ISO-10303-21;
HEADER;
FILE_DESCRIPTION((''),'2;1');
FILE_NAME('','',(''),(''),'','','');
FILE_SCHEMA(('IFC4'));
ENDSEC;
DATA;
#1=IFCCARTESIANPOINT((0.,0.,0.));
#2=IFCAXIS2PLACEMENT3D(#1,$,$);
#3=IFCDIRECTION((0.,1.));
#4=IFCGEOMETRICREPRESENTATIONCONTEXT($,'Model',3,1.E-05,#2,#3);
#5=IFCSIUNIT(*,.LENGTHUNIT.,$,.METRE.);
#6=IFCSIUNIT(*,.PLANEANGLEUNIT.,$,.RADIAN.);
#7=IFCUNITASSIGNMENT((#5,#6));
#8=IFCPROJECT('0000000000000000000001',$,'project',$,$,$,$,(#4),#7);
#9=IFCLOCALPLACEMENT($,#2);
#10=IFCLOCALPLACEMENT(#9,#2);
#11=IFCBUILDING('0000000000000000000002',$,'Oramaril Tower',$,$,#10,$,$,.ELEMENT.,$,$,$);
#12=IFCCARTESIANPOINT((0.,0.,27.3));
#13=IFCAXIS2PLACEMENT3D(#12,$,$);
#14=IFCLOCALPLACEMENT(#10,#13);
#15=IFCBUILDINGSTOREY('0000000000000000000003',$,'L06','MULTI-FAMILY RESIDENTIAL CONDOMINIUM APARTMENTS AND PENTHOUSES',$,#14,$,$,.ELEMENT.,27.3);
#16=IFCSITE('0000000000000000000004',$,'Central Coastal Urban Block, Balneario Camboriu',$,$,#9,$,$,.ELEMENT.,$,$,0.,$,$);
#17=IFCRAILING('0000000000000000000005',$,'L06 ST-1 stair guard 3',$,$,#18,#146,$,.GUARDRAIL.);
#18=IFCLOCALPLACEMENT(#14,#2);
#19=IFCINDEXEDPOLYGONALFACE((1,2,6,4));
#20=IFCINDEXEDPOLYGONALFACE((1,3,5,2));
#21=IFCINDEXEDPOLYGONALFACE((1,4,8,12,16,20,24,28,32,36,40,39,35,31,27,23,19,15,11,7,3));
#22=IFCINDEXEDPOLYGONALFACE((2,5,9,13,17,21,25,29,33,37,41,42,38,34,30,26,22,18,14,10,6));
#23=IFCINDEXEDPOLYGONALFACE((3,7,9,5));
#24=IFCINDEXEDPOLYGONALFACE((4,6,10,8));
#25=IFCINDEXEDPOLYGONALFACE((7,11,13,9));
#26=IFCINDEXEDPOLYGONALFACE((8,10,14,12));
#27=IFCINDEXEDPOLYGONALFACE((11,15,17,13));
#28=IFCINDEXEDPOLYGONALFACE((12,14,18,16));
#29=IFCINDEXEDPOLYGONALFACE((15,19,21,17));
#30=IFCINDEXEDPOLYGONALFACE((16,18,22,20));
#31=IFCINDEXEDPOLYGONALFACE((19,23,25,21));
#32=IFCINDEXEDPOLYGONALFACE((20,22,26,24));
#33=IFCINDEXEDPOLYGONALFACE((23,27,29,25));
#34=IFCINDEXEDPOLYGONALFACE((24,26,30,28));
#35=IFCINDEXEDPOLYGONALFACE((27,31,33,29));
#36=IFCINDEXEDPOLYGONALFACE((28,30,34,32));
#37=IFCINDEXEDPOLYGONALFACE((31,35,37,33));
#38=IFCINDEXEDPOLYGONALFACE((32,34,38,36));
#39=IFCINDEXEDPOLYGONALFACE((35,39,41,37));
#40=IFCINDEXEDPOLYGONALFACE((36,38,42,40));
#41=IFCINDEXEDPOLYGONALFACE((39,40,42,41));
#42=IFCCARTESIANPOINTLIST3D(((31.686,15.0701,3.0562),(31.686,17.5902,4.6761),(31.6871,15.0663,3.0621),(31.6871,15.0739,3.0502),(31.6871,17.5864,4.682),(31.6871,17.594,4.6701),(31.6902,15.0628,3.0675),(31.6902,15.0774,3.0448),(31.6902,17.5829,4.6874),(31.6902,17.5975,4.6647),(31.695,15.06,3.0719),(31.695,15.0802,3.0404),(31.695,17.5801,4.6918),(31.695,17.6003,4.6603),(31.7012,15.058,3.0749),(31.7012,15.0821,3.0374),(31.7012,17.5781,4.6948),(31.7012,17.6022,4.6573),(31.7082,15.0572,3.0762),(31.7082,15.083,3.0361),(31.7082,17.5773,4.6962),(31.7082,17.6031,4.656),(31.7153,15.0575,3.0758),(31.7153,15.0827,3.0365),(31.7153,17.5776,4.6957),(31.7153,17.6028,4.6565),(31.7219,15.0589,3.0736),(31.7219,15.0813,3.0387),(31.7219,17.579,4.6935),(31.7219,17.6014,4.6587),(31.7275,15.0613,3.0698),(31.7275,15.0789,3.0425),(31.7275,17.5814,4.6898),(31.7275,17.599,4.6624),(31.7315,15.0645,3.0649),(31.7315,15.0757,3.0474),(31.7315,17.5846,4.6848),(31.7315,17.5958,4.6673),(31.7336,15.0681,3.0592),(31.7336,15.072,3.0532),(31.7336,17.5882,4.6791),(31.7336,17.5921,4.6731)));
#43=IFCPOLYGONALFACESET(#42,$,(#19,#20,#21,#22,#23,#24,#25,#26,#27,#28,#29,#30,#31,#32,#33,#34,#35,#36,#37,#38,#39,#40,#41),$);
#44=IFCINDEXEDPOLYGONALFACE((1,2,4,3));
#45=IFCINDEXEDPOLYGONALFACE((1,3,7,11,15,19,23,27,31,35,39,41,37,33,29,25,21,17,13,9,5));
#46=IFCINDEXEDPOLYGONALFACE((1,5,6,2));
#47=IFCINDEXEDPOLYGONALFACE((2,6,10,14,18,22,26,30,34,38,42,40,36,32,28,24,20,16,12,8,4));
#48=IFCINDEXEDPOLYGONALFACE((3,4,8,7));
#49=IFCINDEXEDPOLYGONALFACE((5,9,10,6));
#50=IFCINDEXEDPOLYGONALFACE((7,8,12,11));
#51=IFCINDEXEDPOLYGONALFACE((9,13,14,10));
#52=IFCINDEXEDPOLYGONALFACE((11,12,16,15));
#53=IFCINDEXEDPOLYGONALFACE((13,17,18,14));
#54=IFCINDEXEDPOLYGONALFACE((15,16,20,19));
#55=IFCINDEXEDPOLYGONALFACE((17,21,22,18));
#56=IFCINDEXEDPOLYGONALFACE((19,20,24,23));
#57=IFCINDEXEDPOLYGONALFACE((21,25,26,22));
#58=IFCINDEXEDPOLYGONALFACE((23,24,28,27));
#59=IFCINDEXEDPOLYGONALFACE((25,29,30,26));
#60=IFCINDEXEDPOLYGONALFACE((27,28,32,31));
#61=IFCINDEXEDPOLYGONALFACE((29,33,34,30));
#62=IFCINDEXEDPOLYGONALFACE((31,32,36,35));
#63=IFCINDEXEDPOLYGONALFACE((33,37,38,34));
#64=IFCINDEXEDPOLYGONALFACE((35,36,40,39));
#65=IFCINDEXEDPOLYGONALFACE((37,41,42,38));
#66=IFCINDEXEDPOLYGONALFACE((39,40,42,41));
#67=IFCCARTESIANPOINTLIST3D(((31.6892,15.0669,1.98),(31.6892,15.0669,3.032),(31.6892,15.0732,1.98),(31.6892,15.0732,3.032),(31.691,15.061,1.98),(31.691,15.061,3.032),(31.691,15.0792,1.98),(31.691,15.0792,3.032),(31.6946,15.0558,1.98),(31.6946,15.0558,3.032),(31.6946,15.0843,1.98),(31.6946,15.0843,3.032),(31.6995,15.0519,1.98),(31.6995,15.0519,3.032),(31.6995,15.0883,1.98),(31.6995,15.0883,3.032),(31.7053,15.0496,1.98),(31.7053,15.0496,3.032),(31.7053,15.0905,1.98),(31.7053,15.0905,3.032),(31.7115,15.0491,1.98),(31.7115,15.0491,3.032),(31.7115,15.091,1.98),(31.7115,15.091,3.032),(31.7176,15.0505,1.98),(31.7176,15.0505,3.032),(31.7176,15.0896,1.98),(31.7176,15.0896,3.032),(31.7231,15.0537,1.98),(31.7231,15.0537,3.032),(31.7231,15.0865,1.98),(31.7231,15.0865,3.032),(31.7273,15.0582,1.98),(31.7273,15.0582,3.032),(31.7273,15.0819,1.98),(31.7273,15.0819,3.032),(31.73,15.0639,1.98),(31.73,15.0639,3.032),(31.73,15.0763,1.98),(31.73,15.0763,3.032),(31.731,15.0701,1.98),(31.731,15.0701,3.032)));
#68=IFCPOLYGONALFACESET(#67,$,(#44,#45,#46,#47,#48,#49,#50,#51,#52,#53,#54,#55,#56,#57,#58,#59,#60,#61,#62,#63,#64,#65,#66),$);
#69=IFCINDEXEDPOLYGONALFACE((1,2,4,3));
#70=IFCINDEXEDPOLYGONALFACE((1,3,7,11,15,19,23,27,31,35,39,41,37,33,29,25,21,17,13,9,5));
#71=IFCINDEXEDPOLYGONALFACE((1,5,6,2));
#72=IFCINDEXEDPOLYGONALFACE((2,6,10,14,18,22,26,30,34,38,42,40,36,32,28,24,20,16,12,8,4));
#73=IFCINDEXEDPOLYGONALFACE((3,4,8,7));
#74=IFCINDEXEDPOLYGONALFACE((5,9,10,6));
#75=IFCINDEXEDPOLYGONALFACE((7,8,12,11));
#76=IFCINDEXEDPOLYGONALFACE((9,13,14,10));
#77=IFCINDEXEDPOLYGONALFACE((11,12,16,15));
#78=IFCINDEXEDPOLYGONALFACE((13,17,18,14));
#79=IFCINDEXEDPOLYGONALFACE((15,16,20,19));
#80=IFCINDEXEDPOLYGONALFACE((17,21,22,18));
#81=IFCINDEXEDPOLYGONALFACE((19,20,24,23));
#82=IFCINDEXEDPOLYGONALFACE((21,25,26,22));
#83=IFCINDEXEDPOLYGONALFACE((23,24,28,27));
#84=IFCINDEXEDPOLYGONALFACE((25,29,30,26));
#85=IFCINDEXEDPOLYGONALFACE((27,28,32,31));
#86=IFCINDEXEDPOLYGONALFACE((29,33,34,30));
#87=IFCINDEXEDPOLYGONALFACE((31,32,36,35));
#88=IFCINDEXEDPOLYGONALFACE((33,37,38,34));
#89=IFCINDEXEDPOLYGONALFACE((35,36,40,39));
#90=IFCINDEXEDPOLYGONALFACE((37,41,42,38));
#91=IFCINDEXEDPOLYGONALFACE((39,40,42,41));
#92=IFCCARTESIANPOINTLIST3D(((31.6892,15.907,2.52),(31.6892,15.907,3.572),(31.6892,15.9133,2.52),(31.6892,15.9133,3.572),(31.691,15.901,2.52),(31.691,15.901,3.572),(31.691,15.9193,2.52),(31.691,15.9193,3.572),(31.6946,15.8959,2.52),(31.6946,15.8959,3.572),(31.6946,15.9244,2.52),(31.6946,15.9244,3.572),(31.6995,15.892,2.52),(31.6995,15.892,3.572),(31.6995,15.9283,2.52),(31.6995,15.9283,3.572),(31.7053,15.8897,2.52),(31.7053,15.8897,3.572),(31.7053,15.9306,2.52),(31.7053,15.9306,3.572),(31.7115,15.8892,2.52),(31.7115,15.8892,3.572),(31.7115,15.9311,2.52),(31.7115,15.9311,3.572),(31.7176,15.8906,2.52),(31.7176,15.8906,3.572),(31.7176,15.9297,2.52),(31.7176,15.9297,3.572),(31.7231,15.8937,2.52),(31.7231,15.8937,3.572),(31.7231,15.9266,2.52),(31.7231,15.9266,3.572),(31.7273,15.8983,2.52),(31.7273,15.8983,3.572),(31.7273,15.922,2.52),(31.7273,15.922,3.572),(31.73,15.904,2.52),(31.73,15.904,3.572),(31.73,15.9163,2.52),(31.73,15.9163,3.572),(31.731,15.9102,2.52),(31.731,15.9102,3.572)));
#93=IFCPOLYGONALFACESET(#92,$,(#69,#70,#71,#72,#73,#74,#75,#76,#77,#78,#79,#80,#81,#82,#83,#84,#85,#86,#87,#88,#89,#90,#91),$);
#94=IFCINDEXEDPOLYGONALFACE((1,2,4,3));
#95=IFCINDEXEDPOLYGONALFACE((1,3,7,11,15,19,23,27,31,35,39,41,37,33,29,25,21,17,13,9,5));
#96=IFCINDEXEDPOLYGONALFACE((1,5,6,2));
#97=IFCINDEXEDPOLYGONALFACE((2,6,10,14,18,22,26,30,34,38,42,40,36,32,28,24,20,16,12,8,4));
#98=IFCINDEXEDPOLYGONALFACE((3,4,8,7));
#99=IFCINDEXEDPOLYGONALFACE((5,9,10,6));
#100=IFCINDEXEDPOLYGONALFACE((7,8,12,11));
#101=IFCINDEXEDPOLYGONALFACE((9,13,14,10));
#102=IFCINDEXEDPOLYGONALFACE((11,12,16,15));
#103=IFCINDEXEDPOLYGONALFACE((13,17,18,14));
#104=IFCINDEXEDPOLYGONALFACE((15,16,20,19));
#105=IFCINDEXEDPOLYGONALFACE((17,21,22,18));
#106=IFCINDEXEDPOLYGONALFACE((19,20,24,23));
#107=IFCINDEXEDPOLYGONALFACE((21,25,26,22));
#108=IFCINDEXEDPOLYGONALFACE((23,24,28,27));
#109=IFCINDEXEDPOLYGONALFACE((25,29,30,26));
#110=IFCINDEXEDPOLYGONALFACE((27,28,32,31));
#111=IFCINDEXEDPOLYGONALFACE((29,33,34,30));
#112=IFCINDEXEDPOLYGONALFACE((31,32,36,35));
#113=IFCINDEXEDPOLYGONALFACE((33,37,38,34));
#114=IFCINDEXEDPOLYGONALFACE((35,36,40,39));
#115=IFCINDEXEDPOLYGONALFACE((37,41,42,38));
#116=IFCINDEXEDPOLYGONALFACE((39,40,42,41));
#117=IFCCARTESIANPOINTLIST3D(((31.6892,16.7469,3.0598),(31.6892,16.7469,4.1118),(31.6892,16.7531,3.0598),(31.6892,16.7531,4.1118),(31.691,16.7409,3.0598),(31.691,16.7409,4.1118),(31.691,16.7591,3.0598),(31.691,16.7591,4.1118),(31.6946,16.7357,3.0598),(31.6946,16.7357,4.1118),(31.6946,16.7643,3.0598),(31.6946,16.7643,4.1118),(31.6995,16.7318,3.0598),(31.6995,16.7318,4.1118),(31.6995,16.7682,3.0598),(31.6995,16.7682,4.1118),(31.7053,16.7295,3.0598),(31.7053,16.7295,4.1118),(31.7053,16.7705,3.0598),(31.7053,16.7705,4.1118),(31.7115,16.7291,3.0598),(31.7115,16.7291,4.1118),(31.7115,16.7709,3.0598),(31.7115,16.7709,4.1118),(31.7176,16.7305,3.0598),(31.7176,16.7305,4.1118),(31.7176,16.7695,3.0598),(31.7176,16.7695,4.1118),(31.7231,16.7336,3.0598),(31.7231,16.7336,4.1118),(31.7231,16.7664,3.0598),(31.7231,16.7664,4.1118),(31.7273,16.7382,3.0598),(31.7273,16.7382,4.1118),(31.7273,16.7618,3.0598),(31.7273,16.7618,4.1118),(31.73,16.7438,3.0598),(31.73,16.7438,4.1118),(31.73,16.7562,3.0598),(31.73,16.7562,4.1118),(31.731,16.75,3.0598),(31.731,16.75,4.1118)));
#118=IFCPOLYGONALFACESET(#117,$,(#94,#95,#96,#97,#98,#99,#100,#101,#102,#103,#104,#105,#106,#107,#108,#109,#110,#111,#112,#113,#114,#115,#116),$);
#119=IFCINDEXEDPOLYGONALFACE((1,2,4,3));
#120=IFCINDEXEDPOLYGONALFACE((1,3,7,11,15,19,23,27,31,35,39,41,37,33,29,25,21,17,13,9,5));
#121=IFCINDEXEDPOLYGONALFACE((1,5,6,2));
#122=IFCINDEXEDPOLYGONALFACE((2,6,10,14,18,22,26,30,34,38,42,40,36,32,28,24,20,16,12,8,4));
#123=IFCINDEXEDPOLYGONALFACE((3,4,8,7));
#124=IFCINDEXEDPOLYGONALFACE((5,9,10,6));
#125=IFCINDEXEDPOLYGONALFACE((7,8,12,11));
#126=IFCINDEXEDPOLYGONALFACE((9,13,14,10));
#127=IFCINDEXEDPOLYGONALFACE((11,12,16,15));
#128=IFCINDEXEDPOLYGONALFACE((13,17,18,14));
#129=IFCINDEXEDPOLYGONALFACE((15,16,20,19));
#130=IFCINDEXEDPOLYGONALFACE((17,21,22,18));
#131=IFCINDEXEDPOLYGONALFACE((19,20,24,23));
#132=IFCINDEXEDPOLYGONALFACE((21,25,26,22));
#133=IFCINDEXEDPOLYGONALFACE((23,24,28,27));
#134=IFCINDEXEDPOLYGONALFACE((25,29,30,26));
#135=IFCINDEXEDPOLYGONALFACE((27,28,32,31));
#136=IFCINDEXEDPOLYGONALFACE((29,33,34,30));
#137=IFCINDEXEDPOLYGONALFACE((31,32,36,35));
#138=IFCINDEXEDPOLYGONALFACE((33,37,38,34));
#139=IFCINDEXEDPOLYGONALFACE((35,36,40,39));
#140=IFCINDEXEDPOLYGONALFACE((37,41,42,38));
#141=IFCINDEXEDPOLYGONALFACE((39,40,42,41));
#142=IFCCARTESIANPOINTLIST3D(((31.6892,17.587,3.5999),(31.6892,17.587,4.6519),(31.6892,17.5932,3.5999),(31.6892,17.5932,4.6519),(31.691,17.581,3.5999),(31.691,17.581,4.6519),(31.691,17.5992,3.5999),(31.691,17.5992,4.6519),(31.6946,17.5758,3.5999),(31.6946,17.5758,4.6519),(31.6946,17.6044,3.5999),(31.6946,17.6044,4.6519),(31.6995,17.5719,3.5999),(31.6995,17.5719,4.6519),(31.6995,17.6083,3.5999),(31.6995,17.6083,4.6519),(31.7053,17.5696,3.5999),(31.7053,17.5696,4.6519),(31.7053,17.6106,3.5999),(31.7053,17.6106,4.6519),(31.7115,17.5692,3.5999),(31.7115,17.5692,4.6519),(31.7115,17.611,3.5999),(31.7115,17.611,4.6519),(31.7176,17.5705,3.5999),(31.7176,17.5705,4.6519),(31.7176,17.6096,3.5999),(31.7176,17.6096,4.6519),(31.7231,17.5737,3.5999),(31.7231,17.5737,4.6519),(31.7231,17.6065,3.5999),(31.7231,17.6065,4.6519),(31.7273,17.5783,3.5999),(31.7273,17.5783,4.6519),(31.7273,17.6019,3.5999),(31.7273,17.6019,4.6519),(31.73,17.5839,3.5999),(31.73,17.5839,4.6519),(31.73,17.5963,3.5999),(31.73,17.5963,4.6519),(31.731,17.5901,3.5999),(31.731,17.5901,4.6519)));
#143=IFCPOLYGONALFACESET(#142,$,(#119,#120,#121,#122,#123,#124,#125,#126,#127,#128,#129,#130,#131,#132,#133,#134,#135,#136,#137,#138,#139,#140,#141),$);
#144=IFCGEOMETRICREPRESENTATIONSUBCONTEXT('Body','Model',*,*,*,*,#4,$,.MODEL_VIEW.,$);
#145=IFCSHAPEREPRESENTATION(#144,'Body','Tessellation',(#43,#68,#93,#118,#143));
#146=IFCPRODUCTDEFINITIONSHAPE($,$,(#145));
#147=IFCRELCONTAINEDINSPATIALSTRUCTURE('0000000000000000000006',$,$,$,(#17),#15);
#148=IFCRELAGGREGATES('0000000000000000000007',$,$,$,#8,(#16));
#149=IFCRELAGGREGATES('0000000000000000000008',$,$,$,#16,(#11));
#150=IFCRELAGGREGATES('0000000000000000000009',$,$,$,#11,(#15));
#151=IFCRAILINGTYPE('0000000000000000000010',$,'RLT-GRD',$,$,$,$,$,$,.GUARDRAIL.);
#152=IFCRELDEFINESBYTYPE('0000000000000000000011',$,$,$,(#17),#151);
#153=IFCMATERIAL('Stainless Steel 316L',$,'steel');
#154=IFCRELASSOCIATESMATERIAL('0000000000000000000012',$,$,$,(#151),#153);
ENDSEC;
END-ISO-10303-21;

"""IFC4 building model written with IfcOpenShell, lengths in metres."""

from ifc_helpers import new_model, si_unit, direction, frame, origin, origin_2d, place, context, subcontext, project, spatial, circle, extrude, material, type_object, element, save


model = new_model("IFC4")

# Units and contexts
model_context = context("Model", 3, precision=1e-05, world=origin(), true_north=direction((0.0, 1.0)))
body_context = subcontext(model_context, "Body", "Model", "MODEL_VIEW")
ifc_project = project(units=[si_unit("LENGTHUNIT", "METRE"), si_unit("PLANEANGLEUNIT", "RADIAN")], contexts=[model_context])

# Site, building, storey
site_placement = place(None, origin())
site = spatial("IfcSite", under=ifc_project, at=site_placement, Name="Central Coastal Urban Block, Balneario Camboriu", CompositionType="ELEMENT", RefElevation=0.0)
building_placement = place(site_placement, origin())
building = spatial("IfcBuilding", under=site, at=building_placement, Name="Oramaril Tower", CompositionType="ELEMENT")
storey_placement = place(building_placement, frame((0.0, 0.0, 27.3)))
storey = spatial("IfcBuildingStorey", under=building, at=storey_placement, Name="L06", Description="MULTI-FAMILY RESIDENTIAL CONDOMINIUM APARTMENTS AND PENTHOUSES", CompositionType="ELEMENT", Elevation=27.3)

# Railing
ifc_material_1 = material(Name="Stainless Steel 316L", Category="steel")
railing_type_1 = type_object("IfcRailingType", Name="RLT-GRD", PredefinedType="GUARDRAIL", material=ifc_material_1)
railing_1_placement = place(storey_placement, frame((31.71, 15.0701, 1.98)))
element("IfcRailing", 1, at=railing_1_placement, inside=storey, type_object=railing_type_1, Name="L06 ST-1 stair guard 3", PredefinedType="GUARDRAIL", context=body_context, shape_type="SweptSolid", body=[
    extrude(circle(Radius=0.0239, at=origin_2d()), frame((0.0, 0.0, 1.0762), z_axis=(0.0, 0.8412, 0.540725), x_axis=(-1.0, 0.0, 0.0)), (0.0, 0.0, 1.0), 2.9958),
    extrude(circle(Radius=0.021, at=origin_2d()), origin(), (0.0, 0.0, 1.0), 1.052),
    extrude(circle(Radius=0.021, at=origin_2d()), frame((0.0, 0.8401, 0.54)), (0.0, 0.0, 1.0), 1.052),
    extrude(circle(Radius=0.021, at=origin_2d()), frame((0.0, 1.6799, 1.0798)), (0.0, 0.0, 1.0), 1.052),
    extrude(circle(Radius=0.021, at=origin_2d()), frame((0.0, 2.52, 1.6199)), (0.0, 0.0, 1.0), 1.052),
])

save(model, "model.ifc")
